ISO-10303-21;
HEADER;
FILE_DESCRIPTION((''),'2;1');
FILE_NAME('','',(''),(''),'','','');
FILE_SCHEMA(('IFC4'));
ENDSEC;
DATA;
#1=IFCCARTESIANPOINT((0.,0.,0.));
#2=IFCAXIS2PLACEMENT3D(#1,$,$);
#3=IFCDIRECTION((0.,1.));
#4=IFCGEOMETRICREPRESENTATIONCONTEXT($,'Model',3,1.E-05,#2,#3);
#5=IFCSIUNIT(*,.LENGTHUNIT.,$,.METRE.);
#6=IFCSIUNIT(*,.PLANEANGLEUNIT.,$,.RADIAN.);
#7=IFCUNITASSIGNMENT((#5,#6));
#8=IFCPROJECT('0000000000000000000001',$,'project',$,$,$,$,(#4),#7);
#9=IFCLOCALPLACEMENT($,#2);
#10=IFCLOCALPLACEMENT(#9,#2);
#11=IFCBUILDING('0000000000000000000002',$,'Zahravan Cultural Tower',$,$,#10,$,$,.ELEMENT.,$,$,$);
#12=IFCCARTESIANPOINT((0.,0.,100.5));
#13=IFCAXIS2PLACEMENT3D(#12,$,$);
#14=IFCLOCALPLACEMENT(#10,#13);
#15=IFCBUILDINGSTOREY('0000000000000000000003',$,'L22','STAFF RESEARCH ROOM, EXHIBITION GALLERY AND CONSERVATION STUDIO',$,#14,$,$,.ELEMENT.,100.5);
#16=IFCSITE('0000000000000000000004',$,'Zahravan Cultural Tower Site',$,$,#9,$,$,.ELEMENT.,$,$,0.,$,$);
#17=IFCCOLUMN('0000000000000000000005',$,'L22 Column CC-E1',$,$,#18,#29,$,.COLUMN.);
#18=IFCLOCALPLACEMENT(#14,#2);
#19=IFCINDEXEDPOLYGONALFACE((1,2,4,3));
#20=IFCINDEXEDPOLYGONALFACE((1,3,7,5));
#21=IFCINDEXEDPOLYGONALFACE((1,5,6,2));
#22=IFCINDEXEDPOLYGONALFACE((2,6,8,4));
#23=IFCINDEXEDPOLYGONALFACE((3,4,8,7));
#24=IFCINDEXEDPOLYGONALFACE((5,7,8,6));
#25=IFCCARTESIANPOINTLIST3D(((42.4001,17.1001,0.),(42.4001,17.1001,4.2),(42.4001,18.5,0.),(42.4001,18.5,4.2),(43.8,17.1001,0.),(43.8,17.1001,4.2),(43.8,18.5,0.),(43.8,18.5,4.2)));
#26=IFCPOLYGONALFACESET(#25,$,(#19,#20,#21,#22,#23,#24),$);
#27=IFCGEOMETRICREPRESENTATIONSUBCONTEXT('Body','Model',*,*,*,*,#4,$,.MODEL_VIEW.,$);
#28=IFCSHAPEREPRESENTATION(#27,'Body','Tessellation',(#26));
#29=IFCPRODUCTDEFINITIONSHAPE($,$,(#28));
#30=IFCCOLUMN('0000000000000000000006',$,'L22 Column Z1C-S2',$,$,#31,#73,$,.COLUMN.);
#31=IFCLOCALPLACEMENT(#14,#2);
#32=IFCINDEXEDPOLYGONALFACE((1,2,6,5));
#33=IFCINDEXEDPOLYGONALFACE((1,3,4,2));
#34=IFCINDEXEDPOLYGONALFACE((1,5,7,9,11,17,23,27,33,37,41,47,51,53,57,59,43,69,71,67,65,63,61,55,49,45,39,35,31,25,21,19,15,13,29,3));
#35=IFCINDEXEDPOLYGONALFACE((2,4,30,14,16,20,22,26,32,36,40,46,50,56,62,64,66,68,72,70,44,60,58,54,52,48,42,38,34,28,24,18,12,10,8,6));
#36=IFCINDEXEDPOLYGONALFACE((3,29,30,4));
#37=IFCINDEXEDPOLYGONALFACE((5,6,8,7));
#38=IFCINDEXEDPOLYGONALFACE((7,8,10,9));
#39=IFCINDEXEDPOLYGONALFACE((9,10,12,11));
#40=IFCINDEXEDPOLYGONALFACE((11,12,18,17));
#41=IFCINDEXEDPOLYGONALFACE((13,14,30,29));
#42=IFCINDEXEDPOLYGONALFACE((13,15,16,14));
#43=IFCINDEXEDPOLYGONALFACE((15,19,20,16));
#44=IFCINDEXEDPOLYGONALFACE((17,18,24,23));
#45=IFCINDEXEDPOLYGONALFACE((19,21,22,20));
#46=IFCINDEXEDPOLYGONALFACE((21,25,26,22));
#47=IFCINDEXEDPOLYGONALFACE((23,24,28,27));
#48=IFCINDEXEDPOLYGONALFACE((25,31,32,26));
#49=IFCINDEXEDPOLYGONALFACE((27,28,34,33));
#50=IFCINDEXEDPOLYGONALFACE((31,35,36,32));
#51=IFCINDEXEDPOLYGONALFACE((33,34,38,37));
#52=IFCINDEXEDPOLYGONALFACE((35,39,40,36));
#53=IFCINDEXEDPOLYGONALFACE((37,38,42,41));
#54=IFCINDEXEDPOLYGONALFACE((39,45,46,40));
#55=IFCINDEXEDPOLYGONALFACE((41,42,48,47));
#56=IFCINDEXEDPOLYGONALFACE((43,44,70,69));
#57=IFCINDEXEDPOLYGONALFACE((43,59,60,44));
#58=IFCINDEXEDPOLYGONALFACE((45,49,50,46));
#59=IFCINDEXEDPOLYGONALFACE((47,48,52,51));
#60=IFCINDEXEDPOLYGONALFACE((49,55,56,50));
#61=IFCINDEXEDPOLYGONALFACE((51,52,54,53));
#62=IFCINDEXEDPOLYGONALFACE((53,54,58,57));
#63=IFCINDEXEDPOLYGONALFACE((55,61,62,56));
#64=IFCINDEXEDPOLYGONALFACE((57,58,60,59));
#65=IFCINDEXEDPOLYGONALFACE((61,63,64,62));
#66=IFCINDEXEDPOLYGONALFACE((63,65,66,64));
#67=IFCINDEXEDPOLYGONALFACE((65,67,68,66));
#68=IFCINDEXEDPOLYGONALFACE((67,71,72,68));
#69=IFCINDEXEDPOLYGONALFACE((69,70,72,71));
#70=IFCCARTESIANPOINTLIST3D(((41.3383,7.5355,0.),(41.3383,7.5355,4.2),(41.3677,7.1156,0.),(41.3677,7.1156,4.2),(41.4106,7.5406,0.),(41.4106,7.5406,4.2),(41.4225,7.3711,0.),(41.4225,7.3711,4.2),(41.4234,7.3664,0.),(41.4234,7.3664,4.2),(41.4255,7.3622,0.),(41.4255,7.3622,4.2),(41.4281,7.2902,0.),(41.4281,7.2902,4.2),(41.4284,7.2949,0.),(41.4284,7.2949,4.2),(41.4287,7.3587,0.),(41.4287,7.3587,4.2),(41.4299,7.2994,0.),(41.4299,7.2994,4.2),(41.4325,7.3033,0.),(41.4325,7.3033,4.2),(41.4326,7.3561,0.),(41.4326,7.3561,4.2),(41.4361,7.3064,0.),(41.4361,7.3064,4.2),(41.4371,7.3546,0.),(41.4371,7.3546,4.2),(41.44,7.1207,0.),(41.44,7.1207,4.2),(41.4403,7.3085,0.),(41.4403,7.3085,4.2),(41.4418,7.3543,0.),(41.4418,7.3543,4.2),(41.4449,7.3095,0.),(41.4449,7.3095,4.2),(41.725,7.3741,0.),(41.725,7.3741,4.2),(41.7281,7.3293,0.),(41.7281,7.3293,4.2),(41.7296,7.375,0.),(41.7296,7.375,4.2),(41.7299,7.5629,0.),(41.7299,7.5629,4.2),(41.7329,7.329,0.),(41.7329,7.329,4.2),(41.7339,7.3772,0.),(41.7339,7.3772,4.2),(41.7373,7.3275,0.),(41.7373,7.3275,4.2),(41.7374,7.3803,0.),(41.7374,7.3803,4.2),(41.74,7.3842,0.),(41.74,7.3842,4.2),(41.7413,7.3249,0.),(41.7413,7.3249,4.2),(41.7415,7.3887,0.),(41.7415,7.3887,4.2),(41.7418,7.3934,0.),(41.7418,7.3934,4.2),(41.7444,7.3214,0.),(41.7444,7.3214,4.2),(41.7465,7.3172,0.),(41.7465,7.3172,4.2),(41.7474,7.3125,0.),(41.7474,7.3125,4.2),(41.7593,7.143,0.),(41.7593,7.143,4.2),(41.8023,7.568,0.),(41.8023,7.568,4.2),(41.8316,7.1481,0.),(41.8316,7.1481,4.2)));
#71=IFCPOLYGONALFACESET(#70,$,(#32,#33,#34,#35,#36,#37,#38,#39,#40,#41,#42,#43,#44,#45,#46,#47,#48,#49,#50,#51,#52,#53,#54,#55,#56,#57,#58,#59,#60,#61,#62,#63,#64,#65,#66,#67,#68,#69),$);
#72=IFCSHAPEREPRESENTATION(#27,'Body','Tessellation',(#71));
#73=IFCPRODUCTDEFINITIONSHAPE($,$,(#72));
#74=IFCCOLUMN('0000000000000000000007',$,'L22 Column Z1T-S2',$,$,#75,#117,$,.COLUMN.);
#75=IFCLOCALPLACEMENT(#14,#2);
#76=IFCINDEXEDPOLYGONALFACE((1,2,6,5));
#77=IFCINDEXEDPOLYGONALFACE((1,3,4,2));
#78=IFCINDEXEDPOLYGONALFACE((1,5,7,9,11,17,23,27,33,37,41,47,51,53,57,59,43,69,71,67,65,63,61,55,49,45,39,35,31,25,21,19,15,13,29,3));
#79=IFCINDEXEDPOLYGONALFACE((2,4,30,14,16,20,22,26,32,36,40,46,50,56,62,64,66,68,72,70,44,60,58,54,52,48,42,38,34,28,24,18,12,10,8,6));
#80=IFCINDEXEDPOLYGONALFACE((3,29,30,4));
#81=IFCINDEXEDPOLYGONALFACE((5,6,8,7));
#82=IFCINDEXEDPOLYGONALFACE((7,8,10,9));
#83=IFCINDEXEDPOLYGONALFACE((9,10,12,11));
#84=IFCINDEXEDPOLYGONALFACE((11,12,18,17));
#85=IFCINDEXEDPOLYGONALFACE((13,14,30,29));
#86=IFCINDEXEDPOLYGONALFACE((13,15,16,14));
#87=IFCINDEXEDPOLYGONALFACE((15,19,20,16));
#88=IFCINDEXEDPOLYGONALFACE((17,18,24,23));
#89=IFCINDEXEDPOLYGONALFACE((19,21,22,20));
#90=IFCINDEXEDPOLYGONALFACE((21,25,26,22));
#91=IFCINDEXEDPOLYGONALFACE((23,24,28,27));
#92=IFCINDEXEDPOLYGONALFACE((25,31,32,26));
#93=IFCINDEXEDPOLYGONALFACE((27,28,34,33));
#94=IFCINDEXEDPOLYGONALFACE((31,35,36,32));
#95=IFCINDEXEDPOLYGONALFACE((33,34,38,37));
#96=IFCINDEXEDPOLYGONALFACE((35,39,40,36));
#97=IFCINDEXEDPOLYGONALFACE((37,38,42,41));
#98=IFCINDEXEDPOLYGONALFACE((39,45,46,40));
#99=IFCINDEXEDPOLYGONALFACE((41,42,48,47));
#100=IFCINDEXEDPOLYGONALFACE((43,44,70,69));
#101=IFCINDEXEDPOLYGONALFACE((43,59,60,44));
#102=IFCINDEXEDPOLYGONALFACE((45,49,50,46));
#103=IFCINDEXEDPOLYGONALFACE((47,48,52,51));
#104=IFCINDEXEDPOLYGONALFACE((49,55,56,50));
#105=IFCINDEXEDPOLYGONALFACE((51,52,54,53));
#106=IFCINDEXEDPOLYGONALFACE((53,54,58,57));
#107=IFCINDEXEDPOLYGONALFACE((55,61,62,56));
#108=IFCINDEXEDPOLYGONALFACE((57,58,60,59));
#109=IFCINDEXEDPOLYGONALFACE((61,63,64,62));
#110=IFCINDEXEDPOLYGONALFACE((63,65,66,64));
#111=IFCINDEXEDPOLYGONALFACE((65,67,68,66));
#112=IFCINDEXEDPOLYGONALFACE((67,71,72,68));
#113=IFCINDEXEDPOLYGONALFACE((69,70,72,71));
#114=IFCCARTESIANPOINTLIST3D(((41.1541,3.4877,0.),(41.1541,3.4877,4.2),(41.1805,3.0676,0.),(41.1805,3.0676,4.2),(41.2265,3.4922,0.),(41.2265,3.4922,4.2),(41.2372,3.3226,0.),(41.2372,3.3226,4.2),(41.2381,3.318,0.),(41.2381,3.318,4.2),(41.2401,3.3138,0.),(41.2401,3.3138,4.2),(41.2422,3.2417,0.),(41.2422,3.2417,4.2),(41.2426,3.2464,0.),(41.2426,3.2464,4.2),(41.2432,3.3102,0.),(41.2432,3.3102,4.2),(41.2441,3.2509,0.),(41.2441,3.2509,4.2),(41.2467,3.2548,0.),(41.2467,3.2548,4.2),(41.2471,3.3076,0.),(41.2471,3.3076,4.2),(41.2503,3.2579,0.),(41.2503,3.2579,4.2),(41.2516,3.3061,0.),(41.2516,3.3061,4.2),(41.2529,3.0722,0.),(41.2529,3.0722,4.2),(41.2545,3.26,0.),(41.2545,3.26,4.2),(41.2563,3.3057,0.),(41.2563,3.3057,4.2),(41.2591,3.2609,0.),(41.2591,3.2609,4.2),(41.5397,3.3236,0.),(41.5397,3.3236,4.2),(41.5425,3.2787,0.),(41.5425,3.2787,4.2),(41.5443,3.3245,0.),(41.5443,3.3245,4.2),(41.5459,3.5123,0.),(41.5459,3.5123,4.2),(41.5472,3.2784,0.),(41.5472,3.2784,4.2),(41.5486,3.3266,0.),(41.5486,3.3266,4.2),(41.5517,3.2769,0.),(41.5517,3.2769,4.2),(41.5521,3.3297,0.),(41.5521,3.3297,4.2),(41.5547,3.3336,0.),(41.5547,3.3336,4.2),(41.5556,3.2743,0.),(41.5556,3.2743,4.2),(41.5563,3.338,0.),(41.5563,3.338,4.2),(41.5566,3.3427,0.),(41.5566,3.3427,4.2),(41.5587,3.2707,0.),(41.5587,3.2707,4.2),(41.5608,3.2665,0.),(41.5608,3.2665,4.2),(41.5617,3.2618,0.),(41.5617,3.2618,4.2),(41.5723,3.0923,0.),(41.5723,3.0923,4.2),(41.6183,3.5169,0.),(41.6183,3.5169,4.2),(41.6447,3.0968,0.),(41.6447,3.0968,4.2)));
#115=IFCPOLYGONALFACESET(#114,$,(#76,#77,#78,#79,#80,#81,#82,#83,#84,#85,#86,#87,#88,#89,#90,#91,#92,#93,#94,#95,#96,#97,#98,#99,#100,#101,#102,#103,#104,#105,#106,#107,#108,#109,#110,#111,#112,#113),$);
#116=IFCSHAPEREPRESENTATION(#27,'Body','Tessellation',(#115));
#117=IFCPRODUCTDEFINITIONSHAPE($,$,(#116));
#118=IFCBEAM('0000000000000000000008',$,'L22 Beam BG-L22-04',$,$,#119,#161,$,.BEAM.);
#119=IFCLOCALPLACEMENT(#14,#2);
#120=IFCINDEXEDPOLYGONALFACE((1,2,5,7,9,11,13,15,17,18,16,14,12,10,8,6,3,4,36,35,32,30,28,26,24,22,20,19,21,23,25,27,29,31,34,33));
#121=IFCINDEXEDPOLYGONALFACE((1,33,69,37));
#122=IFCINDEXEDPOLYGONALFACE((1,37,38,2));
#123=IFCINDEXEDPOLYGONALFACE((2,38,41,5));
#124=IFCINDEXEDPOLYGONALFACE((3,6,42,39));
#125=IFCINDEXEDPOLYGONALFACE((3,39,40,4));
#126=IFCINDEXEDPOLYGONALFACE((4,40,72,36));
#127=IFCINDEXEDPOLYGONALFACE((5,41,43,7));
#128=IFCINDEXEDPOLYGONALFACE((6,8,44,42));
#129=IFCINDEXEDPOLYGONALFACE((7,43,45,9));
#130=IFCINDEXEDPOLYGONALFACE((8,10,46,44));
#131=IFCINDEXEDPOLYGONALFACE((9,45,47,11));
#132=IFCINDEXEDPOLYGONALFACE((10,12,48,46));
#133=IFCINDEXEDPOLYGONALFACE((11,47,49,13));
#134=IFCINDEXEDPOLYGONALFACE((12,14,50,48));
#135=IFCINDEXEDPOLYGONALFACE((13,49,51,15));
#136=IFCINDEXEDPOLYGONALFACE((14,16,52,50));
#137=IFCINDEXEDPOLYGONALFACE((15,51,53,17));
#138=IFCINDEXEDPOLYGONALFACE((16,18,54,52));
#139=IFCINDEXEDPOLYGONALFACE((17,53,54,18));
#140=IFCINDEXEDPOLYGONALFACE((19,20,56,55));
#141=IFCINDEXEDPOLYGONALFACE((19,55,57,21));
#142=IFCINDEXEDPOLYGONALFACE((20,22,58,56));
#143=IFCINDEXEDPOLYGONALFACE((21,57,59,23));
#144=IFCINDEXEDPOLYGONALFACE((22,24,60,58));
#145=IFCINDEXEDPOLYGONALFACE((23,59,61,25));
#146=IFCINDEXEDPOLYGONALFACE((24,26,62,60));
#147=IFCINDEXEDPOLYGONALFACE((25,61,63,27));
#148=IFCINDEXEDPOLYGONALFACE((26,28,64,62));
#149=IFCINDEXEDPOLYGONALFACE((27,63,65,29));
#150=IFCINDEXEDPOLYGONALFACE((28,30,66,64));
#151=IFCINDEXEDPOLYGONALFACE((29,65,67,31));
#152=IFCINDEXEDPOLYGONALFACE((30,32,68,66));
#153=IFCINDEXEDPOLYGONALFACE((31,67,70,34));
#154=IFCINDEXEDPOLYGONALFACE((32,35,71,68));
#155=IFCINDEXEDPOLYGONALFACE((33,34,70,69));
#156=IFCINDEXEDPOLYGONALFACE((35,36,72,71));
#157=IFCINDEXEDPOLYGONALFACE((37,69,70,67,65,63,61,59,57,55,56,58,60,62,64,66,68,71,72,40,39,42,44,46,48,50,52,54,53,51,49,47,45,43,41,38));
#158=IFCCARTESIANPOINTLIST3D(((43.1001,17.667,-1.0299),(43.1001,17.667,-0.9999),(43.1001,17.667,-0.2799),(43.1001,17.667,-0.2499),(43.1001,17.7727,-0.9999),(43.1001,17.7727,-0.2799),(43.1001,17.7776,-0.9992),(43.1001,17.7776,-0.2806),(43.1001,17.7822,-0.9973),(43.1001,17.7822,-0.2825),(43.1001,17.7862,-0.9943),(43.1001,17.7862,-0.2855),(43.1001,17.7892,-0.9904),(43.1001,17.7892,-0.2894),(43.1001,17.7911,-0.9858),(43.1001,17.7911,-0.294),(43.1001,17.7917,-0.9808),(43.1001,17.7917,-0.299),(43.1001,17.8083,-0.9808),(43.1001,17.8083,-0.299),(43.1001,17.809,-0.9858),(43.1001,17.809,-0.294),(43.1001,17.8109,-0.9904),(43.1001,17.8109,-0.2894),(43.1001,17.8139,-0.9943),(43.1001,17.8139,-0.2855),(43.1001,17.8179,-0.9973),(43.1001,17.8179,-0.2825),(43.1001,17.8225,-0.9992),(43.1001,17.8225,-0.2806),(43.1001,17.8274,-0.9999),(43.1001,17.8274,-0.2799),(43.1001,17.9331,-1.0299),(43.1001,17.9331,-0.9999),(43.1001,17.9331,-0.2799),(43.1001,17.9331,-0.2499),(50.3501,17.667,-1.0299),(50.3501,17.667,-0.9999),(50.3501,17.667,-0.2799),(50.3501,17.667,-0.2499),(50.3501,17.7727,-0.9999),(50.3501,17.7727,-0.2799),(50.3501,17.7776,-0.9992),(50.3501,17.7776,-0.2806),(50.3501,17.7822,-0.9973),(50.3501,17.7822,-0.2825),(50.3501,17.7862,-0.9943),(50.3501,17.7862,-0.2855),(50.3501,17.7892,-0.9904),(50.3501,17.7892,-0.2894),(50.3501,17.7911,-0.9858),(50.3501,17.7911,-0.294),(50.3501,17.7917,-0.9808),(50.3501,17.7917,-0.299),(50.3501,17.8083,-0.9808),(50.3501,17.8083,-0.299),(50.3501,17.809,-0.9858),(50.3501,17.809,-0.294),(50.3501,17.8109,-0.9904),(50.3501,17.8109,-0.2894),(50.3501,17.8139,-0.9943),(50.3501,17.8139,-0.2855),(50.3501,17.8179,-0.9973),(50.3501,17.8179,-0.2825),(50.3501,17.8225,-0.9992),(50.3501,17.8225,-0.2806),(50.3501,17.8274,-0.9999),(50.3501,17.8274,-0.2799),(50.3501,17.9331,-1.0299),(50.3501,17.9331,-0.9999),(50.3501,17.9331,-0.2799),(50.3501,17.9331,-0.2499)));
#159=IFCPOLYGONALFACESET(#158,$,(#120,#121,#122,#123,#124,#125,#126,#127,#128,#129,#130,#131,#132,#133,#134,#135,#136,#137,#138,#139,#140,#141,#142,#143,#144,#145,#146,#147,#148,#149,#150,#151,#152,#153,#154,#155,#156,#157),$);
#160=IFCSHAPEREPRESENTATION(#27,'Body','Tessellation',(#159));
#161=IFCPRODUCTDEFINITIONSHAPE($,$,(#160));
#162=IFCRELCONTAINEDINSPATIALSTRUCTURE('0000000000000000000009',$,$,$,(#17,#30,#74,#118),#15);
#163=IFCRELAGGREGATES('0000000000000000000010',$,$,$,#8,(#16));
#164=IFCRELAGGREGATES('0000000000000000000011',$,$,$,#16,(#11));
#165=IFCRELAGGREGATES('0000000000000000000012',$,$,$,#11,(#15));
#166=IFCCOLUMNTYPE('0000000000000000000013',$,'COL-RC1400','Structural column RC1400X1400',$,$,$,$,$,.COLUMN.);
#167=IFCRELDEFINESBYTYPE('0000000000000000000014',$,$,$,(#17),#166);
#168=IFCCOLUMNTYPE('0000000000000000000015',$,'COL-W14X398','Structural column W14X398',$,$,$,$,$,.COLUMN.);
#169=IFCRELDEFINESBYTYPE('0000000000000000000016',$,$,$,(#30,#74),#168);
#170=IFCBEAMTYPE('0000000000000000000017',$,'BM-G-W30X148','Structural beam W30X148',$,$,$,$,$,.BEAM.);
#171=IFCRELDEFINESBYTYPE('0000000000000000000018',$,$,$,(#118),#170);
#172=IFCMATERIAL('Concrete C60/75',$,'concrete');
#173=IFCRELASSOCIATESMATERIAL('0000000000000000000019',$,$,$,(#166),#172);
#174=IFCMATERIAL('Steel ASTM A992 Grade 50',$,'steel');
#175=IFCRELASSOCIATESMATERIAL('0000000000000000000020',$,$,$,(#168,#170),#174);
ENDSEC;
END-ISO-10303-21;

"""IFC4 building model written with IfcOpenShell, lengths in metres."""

from ifc_helpers import new_model, si_unit, direction, frame, origin, origin_2d, place, context, subcontext, project, spatial, rectangle, i_section, extrude, source, transform, mapped, material, material_profile, profile_set, type_object, element, save


model = new_model("IFC4")

# Units and contexts
model_context = context("Model", 3, precision=1e-05, world=origin(), true_north=direction((0.0, 1.0)))
body_context = subcontext(model_context, "Body", "Model", "MODEL_VIEW")
ifc_project = project(units=[si_unit("LENGTHUNIT", "METRE"), si_unit("PLANEANGLEUNIT", "RADIAN")], contexts=[model_context])

# Site, building, storey
site_placement = place(None, origin())
site = spatial("IfcSite", under=ifc_project, at=site_placement, Name="Zahravan Cultural Tower Site", CompositionType="ELEMENT", RefElevation=0.0)
building_placement = place(site_placement, origin())
building = spatial("IfcBuilding", under=site, at=building_placement, Name="Zahravan Cultural Tower", CompositionType="ELEMENT")
storey_placement = place(building_placement, frame((0.0, 0.0, 100.5)))
storey = spatial("IfcBuildingStorey", under=building, at=storey_placement, Name="L22", Description="STAFF RESEARCH ROOM, EXHIBITION GALLERY AND CONSERVATION STUDIO", CompositionType="ELEMENT", Elevation=100.5)

# Columns
ifc_material_1 = material(Name="Concrete C60/75", Category="concrete")
ifc_material_profile_1 = material_profile(ifc_material_1, rectangle(XDim=1.3999, YDim=1.3999, at=origin_2d()), Name="RC1400X1400")
ifc_profile_set_1 = profile_set([ifc_material_profile_1], Name="Concrete C60/75")
column_type_1 = type_object("IfcColumnType", Name="COL-RC1400", Description="Structural column RC1400X1400", PredefinedType="COLUMN", material=ifc_profile_set_1)
shared_shape_1 = source(origin(), body_context, "Body", "SweptSolid", [
    extrude(rectangle(XDim=1.3999, YDim=1.3999, at=origin_2d()), origin(), (0.0, 0.0, 1.0), 4.2),
])
column_placement = place(storey_placement, frame((43.1001, 17.8, 0.0), z_axis=(0.0, 0.0, 1.0), x_axis=(1.0, 0.0, 0.0)))
element("IfcColumn", 1, at=column_placement, inside=storey, type_object=column_type_1, Name="L22 Column CC-E1", PredefinedType="COLUMN", context=body_context, shape_type="MappedRepresentation", body=[
    mapped(shared_shape_1, transform((0.0, 0.0, 0.0), x_axis=(1.0, 0.0, 0.0), y_axis=(0.0, 1.0, 0.0), z_axis=(0.0, 0.0, 1.0), scale=1.0)),
])
ifc_material_2 = material(Name="Steel ASTM A992 Grade 50", Category="steel")
ifc_material_profile_2 = material_profile(ifc_material_2, i_section(OverallWidth=0.4209, OverallDepth=0.4651, WebThickness=0.0449, FlangeThickness=0.0725, FilletRadius=0.0181, at=origin_2d()), Name="W14X398")
ifc_profile_set_2 = profile_set([ifc_material_profile_2], Name="Steel ASTM A992 Grade 50")
column_type_2 = type_object("IfcColumnType", Name="COL-W14X398", Description="Structural column W14X398", PredefinedType="COLUMN", material=ifc_profile_set_2)
shared_shape_2 = source(origin(), body_context, "Body", "SweptSolid", [
    extrude(i_section(OverallWidth=0.4209, OverallDepth=0.4651, WebThickness=0.0449, FlangeThickness=0.0725, FilletRadius=0.0181, at=origin_2d()), origin(), (0.0, 0.0, 1.0), 4.2),
])
for number, where, z_axis, x_axis, name in (
    (2, (41.585, 7.3418, 0.0), (0.0, 0.0, 1.0), (-0.069756, 0.997564, 0.0), "L22 Column Z1C-S2"),
    (3, (41.3994, 3.2922, 0.0), (0.0, 0.0, 1.0), (-0.062791, 0.998027, 0.0), "L22 Column Z1T-S2"),
):
    element("IfcColumn", number, at=place(storey_placement, frame(where, z_axis=z_axis, x_axis=x_axis)), inside=storey, type_object=column_type_2, Name=name, PredefinedType="COLUMN", context=body_context, shape_type="MappedRepresentation", body=[
        mapped(shared_shape_2, transform((0.0, 0.0, 0.0), x_axis=(1.0, 0.0, 0.0), y_axis=(0.0, 1.0, 0.0), z_axis=(0.0, 0.0, 1.0), scale=1.0)),
    ])

# Beam
ifc_material_profile_3 = material_profile(ifc_material_2, i_section(OverallWidth=0.2661, OverallDepth=0.78, WebThickness=0.0166, FlangeThickness=0.03, FilletRadius=0.019, at=origin_2d()), Name="W30X148")
ifc_profile_set_3 = profile_set([ifc_material_profile_3], Name="Steel ASTM A992 Grade 50")
beam_type_1 = type_object("IfcBeamType", Name="BM-G-W30X148", Description="Structural beam W30X148", PredefinedType="BEAM", material=ifc_profile_set_3)
shared_shape_3 = source(origin(), body_context, "Body", "SweptSolid", [
    extrude(i_section(OverallWidth=0.2661, OverallDepth=0.78, WebThickness=0.0166, FlangeThickness=0.03, FilletRadius=0.019, at=origin_2d()), origin(), (0.0, 0.0, 1.0), 7.25),
])
beam_1_placement = place(storey_placement, frame((43.1001, 17.8, -0.6399), z_axis=(1.0, 0.0, 0.0), x_axis=(0.0, 1.0, 0.0)))
element("IfcBeam", 4, at=beam_1_placement, inside=storey, type_object=beam_type_1, Name="L22 Beam BG-L22-04", PredefinedType="BEAM", context=body_context, shape_type="MappedRepresentation", body=[
    mapped(shared_shape_3, transform((0.0, 0.0, 0.0), x_axis=(1.0, 0.0, 0.0), y_axis=(0.0, 1.0, 0.0), z_axis=(0.0, 0.0, 1.0), scale=1.0)),
])

save(model, "model.ifc")
